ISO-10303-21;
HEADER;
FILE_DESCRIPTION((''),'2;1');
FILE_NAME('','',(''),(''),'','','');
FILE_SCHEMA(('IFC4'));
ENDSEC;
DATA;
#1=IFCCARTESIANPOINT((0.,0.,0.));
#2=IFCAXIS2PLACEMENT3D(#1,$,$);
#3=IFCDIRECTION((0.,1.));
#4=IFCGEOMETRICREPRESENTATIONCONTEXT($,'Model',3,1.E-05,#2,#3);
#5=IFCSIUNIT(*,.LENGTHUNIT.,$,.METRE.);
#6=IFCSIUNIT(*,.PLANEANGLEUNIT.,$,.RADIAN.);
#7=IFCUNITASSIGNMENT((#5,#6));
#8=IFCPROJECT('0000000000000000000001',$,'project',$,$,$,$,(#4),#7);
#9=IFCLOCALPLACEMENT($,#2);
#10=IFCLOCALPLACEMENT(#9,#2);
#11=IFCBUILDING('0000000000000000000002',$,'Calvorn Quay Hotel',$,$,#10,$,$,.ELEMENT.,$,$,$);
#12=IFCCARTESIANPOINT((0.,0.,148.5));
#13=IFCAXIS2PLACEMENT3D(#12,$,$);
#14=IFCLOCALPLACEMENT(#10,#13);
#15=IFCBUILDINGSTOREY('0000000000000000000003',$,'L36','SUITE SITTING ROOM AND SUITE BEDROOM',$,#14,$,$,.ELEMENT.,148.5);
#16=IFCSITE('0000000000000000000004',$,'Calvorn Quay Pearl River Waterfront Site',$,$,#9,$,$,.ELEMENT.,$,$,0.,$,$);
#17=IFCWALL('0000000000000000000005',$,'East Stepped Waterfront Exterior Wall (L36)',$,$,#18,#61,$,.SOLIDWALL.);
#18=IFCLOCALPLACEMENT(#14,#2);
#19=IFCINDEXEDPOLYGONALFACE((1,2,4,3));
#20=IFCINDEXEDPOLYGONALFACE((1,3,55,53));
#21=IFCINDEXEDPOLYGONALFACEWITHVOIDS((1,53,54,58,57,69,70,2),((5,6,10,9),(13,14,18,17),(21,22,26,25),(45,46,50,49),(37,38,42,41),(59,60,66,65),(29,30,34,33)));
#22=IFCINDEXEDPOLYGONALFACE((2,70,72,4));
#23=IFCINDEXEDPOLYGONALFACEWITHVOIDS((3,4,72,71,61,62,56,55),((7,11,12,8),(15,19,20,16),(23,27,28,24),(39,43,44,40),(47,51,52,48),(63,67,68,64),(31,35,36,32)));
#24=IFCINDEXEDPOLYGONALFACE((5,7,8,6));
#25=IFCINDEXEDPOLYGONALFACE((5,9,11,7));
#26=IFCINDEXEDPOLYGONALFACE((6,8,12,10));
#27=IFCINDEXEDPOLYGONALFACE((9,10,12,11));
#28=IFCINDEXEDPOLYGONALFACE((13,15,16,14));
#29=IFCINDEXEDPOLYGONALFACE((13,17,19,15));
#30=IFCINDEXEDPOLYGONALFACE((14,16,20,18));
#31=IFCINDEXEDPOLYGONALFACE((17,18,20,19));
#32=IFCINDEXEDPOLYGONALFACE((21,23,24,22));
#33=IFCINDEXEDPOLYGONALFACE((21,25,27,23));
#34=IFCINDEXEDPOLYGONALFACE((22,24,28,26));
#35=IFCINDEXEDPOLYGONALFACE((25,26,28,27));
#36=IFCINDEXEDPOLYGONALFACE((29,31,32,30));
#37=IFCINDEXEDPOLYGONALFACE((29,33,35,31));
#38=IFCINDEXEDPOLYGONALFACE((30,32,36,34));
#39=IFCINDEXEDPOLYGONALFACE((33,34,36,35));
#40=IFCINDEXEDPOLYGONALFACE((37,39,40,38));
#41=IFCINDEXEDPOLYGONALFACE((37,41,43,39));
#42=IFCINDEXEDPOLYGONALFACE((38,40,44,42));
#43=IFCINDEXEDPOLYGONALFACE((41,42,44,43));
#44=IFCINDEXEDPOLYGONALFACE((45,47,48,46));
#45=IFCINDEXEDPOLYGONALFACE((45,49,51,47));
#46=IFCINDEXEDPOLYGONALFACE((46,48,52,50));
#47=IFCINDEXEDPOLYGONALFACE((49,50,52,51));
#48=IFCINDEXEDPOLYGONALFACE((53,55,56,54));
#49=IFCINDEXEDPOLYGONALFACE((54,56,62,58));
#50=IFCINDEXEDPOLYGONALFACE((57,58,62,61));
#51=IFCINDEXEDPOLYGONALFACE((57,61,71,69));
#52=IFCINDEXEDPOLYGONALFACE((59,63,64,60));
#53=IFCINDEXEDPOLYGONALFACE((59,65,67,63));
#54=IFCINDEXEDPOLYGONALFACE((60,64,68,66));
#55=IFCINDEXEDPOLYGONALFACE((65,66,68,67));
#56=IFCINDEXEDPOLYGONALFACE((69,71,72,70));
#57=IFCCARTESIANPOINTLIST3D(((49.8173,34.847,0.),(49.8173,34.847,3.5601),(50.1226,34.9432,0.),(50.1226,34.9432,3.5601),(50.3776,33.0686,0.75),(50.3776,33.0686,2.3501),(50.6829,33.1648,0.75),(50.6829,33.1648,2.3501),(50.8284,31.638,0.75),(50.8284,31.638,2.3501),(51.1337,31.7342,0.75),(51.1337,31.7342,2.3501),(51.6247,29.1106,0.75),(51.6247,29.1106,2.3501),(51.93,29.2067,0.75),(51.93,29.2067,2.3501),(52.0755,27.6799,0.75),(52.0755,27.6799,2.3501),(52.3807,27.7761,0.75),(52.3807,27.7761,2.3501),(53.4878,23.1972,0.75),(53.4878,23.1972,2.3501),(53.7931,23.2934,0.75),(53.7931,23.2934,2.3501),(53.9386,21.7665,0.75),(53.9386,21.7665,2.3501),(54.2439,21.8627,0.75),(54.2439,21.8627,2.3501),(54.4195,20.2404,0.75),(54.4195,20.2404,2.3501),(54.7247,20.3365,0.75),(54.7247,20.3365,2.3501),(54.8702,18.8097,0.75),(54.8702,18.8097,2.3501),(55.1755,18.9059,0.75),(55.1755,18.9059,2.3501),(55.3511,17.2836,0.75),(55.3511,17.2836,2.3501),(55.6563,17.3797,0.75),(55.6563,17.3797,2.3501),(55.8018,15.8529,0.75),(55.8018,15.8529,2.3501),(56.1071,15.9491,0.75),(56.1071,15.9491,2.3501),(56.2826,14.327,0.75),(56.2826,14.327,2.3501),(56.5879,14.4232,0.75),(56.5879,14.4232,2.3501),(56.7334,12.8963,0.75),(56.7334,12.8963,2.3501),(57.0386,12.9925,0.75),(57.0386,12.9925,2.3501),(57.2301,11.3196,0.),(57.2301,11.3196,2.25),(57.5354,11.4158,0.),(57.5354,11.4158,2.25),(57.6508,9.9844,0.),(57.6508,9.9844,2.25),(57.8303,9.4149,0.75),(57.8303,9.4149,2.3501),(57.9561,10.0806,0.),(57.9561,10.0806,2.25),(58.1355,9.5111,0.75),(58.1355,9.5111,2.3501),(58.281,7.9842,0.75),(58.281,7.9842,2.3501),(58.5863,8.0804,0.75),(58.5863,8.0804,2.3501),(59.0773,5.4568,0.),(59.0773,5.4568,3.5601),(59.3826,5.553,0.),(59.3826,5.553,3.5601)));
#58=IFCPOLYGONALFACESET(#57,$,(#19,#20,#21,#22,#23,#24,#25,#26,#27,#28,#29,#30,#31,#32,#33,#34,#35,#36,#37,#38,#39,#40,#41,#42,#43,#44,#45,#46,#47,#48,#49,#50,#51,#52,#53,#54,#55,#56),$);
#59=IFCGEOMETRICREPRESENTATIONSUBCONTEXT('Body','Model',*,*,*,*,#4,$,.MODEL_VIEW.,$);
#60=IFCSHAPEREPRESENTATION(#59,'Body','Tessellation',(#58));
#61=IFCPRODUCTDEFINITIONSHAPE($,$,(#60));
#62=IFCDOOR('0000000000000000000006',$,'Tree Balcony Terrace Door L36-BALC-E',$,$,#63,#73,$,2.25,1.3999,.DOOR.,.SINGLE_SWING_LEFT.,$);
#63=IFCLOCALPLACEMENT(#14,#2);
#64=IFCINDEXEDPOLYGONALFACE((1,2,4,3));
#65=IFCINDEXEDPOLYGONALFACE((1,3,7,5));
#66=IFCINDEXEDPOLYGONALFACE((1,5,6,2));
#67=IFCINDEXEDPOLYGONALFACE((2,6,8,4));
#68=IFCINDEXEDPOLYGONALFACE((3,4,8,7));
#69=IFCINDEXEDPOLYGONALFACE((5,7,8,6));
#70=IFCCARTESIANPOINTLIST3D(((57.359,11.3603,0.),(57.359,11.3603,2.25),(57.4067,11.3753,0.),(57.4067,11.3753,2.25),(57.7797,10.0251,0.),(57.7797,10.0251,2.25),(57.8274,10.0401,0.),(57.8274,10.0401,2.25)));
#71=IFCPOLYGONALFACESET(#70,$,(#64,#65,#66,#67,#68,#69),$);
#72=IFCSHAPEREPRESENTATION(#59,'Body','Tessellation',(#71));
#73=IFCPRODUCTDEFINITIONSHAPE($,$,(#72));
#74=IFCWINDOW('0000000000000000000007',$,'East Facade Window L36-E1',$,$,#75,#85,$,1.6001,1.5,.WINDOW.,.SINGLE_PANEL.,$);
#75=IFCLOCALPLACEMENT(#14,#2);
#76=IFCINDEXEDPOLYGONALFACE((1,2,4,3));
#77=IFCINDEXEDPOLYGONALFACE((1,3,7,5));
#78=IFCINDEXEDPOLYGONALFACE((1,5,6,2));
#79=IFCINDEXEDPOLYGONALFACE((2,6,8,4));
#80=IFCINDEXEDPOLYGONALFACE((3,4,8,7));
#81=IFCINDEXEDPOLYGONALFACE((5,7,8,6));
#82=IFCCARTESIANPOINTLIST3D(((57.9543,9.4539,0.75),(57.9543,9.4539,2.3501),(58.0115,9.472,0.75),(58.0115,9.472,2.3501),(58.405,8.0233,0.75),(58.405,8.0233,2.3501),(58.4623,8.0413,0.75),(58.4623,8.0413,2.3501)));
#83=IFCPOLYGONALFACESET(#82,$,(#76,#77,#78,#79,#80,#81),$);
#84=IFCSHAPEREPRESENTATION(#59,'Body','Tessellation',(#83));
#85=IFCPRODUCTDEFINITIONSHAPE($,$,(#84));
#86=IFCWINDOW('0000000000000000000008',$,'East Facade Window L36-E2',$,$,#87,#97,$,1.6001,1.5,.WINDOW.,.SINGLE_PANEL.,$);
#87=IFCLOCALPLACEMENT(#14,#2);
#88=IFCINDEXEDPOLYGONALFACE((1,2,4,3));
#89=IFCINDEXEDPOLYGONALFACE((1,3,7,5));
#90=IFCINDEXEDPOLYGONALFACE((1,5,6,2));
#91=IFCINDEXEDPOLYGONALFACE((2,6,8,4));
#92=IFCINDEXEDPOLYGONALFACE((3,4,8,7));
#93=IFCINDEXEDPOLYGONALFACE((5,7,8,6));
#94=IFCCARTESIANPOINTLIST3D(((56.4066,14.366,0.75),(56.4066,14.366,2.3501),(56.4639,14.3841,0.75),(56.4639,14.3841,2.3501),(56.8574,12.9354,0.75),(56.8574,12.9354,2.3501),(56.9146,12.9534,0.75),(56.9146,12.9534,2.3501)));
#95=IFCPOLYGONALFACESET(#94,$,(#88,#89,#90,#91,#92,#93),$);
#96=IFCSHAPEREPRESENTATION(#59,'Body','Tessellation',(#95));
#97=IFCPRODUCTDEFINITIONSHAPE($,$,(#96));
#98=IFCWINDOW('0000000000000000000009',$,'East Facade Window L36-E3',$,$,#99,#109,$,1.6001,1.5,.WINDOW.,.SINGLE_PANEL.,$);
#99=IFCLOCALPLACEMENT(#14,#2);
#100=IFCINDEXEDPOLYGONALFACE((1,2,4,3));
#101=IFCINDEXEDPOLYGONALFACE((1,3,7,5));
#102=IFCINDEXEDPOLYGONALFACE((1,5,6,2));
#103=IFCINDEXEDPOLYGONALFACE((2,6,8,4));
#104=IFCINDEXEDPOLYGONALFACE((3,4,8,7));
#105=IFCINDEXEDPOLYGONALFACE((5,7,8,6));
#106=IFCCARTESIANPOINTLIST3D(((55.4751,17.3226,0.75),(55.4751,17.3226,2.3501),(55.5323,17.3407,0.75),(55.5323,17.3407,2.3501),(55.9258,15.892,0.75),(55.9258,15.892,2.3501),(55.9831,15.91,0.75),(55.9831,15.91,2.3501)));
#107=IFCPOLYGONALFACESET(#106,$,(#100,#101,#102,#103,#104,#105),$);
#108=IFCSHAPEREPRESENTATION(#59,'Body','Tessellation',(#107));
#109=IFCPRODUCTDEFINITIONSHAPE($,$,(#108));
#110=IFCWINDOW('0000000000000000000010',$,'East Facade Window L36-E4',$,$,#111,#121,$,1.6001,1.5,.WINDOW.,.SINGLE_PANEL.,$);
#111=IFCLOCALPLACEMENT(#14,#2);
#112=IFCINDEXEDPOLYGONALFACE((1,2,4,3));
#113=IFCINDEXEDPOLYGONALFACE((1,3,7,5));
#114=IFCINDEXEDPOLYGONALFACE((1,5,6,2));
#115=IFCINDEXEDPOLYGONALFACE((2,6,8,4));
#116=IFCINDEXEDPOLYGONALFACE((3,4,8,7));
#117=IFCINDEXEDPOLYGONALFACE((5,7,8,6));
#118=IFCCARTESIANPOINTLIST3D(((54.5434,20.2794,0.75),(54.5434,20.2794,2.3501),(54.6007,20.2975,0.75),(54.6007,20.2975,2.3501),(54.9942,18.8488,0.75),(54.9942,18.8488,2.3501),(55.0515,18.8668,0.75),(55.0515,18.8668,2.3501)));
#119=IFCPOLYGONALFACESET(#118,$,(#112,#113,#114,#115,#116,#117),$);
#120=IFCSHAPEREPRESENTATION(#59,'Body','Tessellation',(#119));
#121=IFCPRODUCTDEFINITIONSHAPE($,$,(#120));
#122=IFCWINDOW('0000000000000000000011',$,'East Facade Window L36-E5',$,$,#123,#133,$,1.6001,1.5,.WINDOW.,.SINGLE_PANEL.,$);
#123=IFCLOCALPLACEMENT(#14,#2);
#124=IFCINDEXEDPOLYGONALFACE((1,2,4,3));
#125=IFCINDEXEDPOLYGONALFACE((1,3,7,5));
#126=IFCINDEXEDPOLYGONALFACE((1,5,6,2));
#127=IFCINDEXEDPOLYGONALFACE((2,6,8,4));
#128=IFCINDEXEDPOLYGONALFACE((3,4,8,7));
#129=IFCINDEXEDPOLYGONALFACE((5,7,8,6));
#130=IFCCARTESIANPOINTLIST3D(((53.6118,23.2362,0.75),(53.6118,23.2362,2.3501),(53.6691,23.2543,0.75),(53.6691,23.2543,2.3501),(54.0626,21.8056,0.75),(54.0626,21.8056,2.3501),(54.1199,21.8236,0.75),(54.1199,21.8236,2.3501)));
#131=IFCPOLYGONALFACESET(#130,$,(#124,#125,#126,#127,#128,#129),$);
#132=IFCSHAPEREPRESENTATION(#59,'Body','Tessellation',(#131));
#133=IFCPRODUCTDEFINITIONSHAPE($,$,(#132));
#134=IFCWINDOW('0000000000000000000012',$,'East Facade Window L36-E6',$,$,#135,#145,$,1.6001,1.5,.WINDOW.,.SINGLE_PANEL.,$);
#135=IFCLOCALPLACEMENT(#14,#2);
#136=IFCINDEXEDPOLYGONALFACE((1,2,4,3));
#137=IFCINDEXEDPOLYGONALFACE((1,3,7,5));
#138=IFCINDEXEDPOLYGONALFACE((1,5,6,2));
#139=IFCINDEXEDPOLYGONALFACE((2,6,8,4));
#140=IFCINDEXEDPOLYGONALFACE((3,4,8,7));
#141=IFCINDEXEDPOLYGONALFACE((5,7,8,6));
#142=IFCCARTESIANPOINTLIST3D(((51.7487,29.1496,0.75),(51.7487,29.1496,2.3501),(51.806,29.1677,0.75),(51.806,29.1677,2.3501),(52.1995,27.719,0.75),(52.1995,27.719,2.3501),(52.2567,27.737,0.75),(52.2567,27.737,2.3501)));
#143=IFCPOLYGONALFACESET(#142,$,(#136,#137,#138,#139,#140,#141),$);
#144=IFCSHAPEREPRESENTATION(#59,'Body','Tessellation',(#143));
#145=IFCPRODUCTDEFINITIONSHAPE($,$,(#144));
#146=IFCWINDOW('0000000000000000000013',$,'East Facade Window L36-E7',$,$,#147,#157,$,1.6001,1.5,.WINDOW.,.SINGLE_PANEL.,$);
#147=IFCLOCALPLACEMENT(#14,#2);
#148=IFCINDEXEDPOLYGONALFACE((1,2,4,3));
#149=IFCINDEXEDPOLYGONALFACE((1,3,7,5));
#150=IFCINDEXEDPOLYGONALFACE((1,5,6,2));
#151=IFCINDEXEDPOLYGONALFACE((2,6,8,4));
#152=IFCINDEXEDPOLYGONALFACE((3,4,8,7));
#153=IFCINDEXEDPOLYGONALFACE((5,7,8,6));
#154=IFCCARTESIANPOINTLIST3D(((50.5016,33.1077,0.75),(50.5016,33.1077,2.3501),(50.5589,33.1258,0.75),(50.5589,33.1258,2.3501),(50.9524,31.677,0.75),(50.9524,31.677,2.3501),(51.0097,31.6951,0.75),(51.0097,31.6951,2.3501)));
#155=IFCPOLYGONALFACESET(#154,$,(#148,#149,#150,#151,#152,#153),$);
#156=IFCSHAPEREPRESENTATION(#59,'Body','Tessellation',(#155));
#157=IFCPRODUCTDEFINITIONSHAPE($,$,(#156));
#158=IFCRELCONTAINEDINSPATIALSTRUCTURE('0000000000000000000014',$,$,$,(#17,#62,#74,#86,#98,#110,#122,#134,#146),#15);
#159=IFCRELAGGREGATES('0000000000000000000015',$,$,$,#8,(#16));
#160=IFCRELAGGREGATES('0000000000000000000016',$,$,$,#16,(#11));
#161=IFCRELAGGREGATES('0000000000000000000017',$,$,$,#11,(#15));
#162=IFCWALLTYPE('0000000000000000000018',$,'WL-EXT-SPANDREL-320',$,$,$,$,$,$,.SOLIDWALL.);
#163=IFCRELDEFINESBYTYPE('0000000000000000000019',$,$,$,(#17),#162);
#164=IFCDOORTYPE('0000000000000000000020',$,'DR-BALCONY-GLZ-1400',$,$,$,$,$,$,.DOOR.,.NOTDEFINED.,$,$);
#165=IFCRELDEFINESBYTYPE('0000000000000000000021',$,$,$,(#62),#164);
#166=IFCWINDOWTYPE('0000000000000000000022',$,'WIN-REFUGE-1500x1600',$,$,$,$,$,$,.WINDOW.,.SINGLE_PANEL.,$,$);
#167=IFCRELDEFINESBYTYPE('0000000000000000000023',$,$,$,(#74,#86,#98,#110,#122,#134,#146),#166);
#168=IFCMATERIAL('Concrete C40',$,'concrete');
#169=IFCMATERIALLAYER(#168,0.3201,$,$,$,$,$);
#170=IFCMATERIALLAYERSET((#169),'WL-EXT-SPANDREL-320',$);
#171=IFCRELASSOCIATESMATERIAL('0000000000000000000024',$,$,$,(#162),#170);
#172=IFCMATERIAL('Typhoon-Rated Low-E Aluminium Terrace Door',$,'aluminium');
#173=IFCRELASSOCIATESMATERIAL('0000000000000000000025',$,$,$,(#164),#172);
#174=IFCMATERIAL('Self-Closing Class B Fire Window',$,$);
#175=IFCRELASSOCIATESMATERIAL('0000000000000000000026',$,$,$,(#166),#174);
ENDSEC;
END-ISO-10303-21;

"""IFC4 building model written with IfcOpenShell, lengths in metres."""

from ifc_helpers import new_model, si_unit, direction, frame, frame_2d, origin, place, context, subcontext, project, spatial, rectangle, extrude, material, layer, layer_set, type_object, element, fill, save


model = new_model("IFC4")

# Units and contexts
model_context = context("Model", 3, precision=1e-05, world=origin(), true_north=direction((0.0, 1.0)))
body_context = subcontext(model_context, "Body", "Model", "MODEL_VIEW")
ifc_project = project(units=[si_unit("LENGTHUNIT", "METRE"), si_unit("PLANEANGLEUNIT", "RADIAN")], contexts=[model_context])

# Site, building, storey
site_placement = place(None, origin())
site = spatial("IfcSite", under=ifc_project, at=site_placement, Name="Calvorn Quay Pearl River Waterfront Site", CompositionType="ELEMENT", RefElevation=0.0)
building_placement = place(site_placement, origin())
building = spatial("IfcBuilding", under=site, at=building_placement, Name="Calvorn Quay Hotel", CompositionType="ELEMENT")
storey_placement = place(building_placement, frame((0.0, 0.0, 148.5)))
storey = spatial("IfcBuildingStorey", under=building, at=storey_placement, Name="L36", Description="SUITE SITTING ROOM AND SUITE BEDROOM", CompositionType="ELEMENT", Elevation=148.5)

# Shared definitions
ifc_material_1 = material(Name="Concrete C40", Category="concrete")
ifc_layer_1 = layer(ifc_material_1, 0.3201)
ifc_layer_set_1 = layer_set([ifc_layer_1], Name="WL-EXT-SPANDREL-320")
wall_type_1 = type_object("IfcWallType", Name="WL-EXT-SPANDREL-320", PredefinedType="SOLIDWALL", material=ifc_layer_set_1)

# Wall, openings, door, windows
wall_1_placement = place(storey_placement, frame((59.23, 5.5049, 0.0), z_axis=(0.0, 0.0, 1.0), x_axis=(-0.300509, 0.953779, 0.0)))
wall_1 = element("IfcWall", 1, at=wall_1_placement, inside=storey, type_object=wall_type_1, Name="East Stepped Waterfront Exterior Wall (L36)", PredefinedType="SOLIDWALL", context=body_context, shape_type="SweptSolid", body=[
    extrude(rectangle(XDim=30.8145, YDim=0.3201, at=frame_2d((15.4072, 0.0))), origin(), (0.0, 0.0, 1.0), 3.5601),
])
opening_1_placement = place(wall_1_placement, frame((4.7471, 0.0, 0.0)))
opening_1 = element("IfcOpeningElement", 2, at=opening_1_placement, cuts=wall_1, PredefinedType="OPENING", context=body_context, shape_type="SweptSolid", body=[
    extrude(rectangle(XDim=1.3999, YDim=2.25, at=frame_2d((0.7, 1.125))), frame((0.0, 0.1699, 0.0), z_axis=(0.0, -1.0, 0.0), x_axis=(1.0, 0.0, 0.0)), (0.0, 0.0, 1.0), 0.3401),
])
opening_2_placement = place(wall_1_placement, frame((2.6499, 0.0, 0.75)))
opening_2 = element("IfcOpeningElement", 3, at=opening_2_placement, cuts=wall_1, PredefinedType="OPENING", context=body_context, shape_type="SweptSolid", body=[
    extrude(rectangle(XDim=1.5, YDim=1.6001, at=frame_2d((0.75, 0.8))), frame((0.0, 0.1699, 0.0), z_axis=(0.0, -1.0, 0.0), x_axis=(1.0, 0.0, 0.0)), (0.0, 0.0, 1.0), 0.3401),
])
opening_3_placement = place(wall_1_placement, frame((7.8, 0.0, 0.75)))
opening_3 = element("IfcOpeningElement", 4, at=opening_3_placement, cuts=wall_1, PredefinedType="OPENING", context=body_context, shape_type="SweptSolid", body=[
    extrude(rectangle(XDim=1.5, YDim=1.6001, at=frame_2d((0.75, 0.8))), frame((0.0, 0.1699, 0.0), z_axis=(0.0, -1.0, 0.0), x_axis=(1.0, 0.0, 0.0)), (0.0, 0.0, 1.0), 0.3401),
])
opening_4_placement = place(wall_1_placement, frame((10.8999, 0.0, 0.75)))
opening_4 = element("IfcOpeningElement", 5, at=opening_4_placement, cuts=wall_1, PredefinedType="OPENING", context=body_context, shape_type="SweptSolid", body=[
    extrude(rectangle(XDim=1.5, YDim=1.6001, at=frame_2d((0.75, 0.8))), frame((0.0, 0.1699, 0.0), z_axis=(0.0, -1.0, 0.0), x_axis=(1.0, 0.0, 0.0)), (0.0, 0.0, 1.0), 0.3401),
])
opening_5_placement = place(wall_1_placement, frame((14.0, 0.0, 0.75)))
opening_5 = element("IfcOpeningElement", 6, at=opening_5_placement, cuts=wall_1, PredefinedType="OPENING", context=body_context, shape_type="SweptSolid", body=[
    extrude(rectangle(XDim=1.5, YDim=1.6001, at=frame_2d((0.75, 0.8))), frame((0.0, 0.1699, 0.0), z_axis=(0.0, -1.0, 0.0), x_axis=(1.0, 0.0, 0.0)), (0.0, 0.0, 1.0), 0.3401),
])
opening_6_placement = place(wall_1_placement, frame((17.1001, 0.0, 0.75)))
opening_6 = element("IfcOpeningElement", 7, at=opening_6_placement, cuts=wall_1, PredefinedType="OPENING", context=body_context, shape_type="SweptSolid", body=[
    extrude(rectangle(XDim=1.5, YDim=1.6001, at=frame_2d((0.75, 0.8))), frame((0.0, 0.1699, 0.0), z_axis=(0.0, -1.0, 0.0), x_axis=(1.0, 0.0, 0.0)), (0.0, 0.0, 1.0), 0.3401),
])
opening_7_placement = place(wall_1_placement, frame((23.3, 0.0, 0.75)))
opening_7 = element("IfcOpeningElement", 8, at=opening_7_placement, cuts=wall_1, PredefinedType="OPENING", context=body_context, shape_type="SweptSolid", body=[
    extrude(rectangle(XDim=1.5, YDim=1.6001, at=frame_2d((0.75, 0.8))), frame((0.0, 0.1699, 0.0), z_axis=(0.0, -1.0, 0.0), x_axis=(1.0, 0.0, 0.0)), (0.0, 0.0, 1.0), 0.3401),
])
opening_8_placement = place(wall_1_placement, frame((27.45, 0.0, 0.75)))
opening_8 = element("IfcOpeningElement", 9, at=opening_8_placement, cuts=wall_1, PredefinedType="OPENING", context=body_context, shape_type="SweptSolid", body=[
    extrude(rectangle(XDim=1.5, YDim=1.6001, at=frame_2d((0.75, 0.8))), frame((0.0, 0.1699, 0.0), z_axis=(0.0, -1.0, 0.0), x_axis=(1.0, 0.0, 0.0)), (0.0, 0.0, 1.0), 0.3401),
])
ifc_material_2 = material(Name="Typhoon-Rated Low-E Aluminium Terrace Door", Category="aluminium")
door_type_1 = type_object("IfcDoorType", Name="DR-BALCONY-GLZ-1400", OperationType="NOTDEFINED", PredefinedType="DOOR", material=ifc_material_2)
door_1_placement = place(opening_1_placement, origin())
door_1 = element("IfcDoor", 10, at=door_1_placement, inside=storey, type_object=door_type_1, Name="Tree Balcony Terrace Door L36-BALC-E", OperationType="SINGLE_SWING_LEFT", OverallHeight=2.25, OverallWidth=1.3999, PredefinedType="DOOR", context=body_context, shape_type="SweptSolid", body=[
    extrude(rectangle(XDim=1.3999, YDim=2.25, at=frame_2d((0.7, 1.125))), frame((0.0, 0.0249, 0.0), z_axis=(0.0, -1.0, 0.0), x_axis=(1.0, 0.0, 0.0)), (0.0, 0.0, 1.0), 0.05),
])
fill(opening_1, door_1)
ifc_material_3 = material(Name="Self-Closing Class B Fire Window")
window_type = type_object("IfcWindowType", Name="WIN-REFUGE-1500x1600", PartitioningType="SINGLE_PANEL", PredefinedType="WINDOW", material=ifc_material_3)
window_1_placement = place(opening_2_placement, origin())
window_1 = element("IfcWindow", 11, at=window_1_placement, inside=storey, type_object=window_type, Name="East Facade Window L36-E1", OverallHeight=1.6001, OverallWidth=1.5, PartitioningType="SINGLE_PANEL", PredefinedType="WINDOW", context=body_context, shape_type="SweptSolid", body=[
    extrude(rectangle(XDim=1.5, YDim=1.6001, at=frame_2d((0.75, 0.8))), frame((0.0, 0.03, 0.0), z_axis=(0.0, -1.0, 0.0), x_axis=(1.0, 0.0, 0.0)), (0.0, 0.0, 1.0), 0.0601),
])
fill(opening_2, window_1)
window_2_placement = place(opening_3_placement, origin())
window_2 = element("IfcWindow", 12, at=window_2_placement, inside=storey, type_object=window_type, Name="East Facade Window L36-E2", OverallHeight=1.6001, OverallWidth=1.5, PartitioningType="SINGLE_PANEL", PredefinedType="WINDOW", context=body_context, shape_type="SweptSolid", body=[
    extrude(rectangle(XDim=1.5, YDim=1.6001, at=frame_2d((0.75, 0.8))), frame((0.0, 0.03, 0.0), z_axis=(0.0, -1.0, 0.0), x_axis=(1.0, 0.0, 0.0)), (0.0, 0.0, 1.0), 0.0601),
])
fill(opening_3, window_2)
window_3_placement = place(opening_4_placement, origin())
window_3 = element("IfcWindow", 13, at=window_3_placement, inside=storey, type_object=window_type, Name="East Facade Window L36-E3", OverallHeight=1.6001, OverallWidth=1.5, PartitioningType="SINGLE_PANEL", PredefinedType="WINDOW", context=body_context, shape_type="SweptSolid", body=[
    extrude(rectangle(XDim=1.5, YDim=1.6001, at=frame_2d((0.75, 0.8))), frame((0.0, 0.03, 0.0), z_axis=(0.0, -1.0, 0.0), x_axis=(1.0, 0.0, 0.0)), (0.0, 0.0, 1.0), 0.0601),
])
fill(opening_4, window_3)
window_4_placement = place(opening_5_placement, origin())
window_4 = element("IfcWindow", 14, at=window_4_placement, inside=storey, type_object=window_type, Name="East Facade Window L36-E4", OverallHeight=1.6001, OverallWidth=1.5, PartitioningType="SINGLE_PANEL", PredefinedType="WINDOW", context=body_context, shape_type="SweptSolid", body=[
    extrude(rectangle(XDim=1.5, YDim=1.6001, at=frame_2d((0.75, 0.8))), frame((0.0, 0.03, 0.0), z_axis=(0.0, -1.0, 0.0), x_axis=(1.0, 0.0, 0.0)), (0.0, 0.0, 1.0), 0.0601),
])
fill(opening_5, window_4)
window_5_placement = place(opening_6_placement, origin())
window_5 = element("IfcWindow", 15, at=window_5_placement, inside=storey, type_object=window_type, Name="East Facade Window L36-E5", OverallHeight=1.6001, OverallWidth=1.5, PartitioningType="SINGLE_PANEL", PredefinedType="WINDOW", context=body_context, shape_type="SweptSolid", body=[
    extrude(rectangle(XDim=1.5, YDim=1.6001, at=frame_2d((0.75, 0.8))), frame((0.0, 0.03, 0.0), z_axis=(0.0, -1.0, 0.0), x_axis=(1.0, 0.0, 0.0)), (0.0, 0.0, 1.0), 0.0601),
])
fill(opening_6, window_5)
window_6_placement = place(opening_7_placement, origin())
window_6 = element("IfcWindow", 16, at=window_6_placement, inside=storey, type_object=window_type, Name="East Facade Window L36-E6", OverallHeight=1.6001, OverallWidth=1.5, PartitioningType="SINGLE_PANEL", PredefinedType="WINDOW", context=body_context, shape_type="SweptSolid", body=[
    extrude(rectangle(XDim=1.5, YDim=1.6001, at=frame_2d((0.75, 0.8))), frame((0.0, 0.03, 0.0), z_axis=(0.0, -1.0, 0.0), x_axis=(1.0, 0.0, 0.0)), (0.0, 0.0, 1.0), 0.0601),
])
fill(opening_7, window_6)
window_7_placement = place(opening_8_placement, origin())
window_7 = element("IfcWindow", 17, at=window_7_placement, inside=storey, type_object=window_type, Name="East Facade Window L36-E7", OverallHeight=1.6001, OverallWidth=1.5, PartitioningType="SINGLE_PANEL", PredefinedType="WINDOW", context=body_context, shape_type="SweptSolid", body=[
    extrude(rectangle(XDim=1.5, YDim=1.6001, at=frame_2d((0.75, 0.8))), frame((0.0, 0.03, 0.0), z_axis=(0.0, -1.0, 0.0), x_axis=(1.0, 0.0, 0.0)), (0.0, 0.0, 1.0), 0.0601),
])
fill(opening_8, window_7)

save(model, "model.ifc")
